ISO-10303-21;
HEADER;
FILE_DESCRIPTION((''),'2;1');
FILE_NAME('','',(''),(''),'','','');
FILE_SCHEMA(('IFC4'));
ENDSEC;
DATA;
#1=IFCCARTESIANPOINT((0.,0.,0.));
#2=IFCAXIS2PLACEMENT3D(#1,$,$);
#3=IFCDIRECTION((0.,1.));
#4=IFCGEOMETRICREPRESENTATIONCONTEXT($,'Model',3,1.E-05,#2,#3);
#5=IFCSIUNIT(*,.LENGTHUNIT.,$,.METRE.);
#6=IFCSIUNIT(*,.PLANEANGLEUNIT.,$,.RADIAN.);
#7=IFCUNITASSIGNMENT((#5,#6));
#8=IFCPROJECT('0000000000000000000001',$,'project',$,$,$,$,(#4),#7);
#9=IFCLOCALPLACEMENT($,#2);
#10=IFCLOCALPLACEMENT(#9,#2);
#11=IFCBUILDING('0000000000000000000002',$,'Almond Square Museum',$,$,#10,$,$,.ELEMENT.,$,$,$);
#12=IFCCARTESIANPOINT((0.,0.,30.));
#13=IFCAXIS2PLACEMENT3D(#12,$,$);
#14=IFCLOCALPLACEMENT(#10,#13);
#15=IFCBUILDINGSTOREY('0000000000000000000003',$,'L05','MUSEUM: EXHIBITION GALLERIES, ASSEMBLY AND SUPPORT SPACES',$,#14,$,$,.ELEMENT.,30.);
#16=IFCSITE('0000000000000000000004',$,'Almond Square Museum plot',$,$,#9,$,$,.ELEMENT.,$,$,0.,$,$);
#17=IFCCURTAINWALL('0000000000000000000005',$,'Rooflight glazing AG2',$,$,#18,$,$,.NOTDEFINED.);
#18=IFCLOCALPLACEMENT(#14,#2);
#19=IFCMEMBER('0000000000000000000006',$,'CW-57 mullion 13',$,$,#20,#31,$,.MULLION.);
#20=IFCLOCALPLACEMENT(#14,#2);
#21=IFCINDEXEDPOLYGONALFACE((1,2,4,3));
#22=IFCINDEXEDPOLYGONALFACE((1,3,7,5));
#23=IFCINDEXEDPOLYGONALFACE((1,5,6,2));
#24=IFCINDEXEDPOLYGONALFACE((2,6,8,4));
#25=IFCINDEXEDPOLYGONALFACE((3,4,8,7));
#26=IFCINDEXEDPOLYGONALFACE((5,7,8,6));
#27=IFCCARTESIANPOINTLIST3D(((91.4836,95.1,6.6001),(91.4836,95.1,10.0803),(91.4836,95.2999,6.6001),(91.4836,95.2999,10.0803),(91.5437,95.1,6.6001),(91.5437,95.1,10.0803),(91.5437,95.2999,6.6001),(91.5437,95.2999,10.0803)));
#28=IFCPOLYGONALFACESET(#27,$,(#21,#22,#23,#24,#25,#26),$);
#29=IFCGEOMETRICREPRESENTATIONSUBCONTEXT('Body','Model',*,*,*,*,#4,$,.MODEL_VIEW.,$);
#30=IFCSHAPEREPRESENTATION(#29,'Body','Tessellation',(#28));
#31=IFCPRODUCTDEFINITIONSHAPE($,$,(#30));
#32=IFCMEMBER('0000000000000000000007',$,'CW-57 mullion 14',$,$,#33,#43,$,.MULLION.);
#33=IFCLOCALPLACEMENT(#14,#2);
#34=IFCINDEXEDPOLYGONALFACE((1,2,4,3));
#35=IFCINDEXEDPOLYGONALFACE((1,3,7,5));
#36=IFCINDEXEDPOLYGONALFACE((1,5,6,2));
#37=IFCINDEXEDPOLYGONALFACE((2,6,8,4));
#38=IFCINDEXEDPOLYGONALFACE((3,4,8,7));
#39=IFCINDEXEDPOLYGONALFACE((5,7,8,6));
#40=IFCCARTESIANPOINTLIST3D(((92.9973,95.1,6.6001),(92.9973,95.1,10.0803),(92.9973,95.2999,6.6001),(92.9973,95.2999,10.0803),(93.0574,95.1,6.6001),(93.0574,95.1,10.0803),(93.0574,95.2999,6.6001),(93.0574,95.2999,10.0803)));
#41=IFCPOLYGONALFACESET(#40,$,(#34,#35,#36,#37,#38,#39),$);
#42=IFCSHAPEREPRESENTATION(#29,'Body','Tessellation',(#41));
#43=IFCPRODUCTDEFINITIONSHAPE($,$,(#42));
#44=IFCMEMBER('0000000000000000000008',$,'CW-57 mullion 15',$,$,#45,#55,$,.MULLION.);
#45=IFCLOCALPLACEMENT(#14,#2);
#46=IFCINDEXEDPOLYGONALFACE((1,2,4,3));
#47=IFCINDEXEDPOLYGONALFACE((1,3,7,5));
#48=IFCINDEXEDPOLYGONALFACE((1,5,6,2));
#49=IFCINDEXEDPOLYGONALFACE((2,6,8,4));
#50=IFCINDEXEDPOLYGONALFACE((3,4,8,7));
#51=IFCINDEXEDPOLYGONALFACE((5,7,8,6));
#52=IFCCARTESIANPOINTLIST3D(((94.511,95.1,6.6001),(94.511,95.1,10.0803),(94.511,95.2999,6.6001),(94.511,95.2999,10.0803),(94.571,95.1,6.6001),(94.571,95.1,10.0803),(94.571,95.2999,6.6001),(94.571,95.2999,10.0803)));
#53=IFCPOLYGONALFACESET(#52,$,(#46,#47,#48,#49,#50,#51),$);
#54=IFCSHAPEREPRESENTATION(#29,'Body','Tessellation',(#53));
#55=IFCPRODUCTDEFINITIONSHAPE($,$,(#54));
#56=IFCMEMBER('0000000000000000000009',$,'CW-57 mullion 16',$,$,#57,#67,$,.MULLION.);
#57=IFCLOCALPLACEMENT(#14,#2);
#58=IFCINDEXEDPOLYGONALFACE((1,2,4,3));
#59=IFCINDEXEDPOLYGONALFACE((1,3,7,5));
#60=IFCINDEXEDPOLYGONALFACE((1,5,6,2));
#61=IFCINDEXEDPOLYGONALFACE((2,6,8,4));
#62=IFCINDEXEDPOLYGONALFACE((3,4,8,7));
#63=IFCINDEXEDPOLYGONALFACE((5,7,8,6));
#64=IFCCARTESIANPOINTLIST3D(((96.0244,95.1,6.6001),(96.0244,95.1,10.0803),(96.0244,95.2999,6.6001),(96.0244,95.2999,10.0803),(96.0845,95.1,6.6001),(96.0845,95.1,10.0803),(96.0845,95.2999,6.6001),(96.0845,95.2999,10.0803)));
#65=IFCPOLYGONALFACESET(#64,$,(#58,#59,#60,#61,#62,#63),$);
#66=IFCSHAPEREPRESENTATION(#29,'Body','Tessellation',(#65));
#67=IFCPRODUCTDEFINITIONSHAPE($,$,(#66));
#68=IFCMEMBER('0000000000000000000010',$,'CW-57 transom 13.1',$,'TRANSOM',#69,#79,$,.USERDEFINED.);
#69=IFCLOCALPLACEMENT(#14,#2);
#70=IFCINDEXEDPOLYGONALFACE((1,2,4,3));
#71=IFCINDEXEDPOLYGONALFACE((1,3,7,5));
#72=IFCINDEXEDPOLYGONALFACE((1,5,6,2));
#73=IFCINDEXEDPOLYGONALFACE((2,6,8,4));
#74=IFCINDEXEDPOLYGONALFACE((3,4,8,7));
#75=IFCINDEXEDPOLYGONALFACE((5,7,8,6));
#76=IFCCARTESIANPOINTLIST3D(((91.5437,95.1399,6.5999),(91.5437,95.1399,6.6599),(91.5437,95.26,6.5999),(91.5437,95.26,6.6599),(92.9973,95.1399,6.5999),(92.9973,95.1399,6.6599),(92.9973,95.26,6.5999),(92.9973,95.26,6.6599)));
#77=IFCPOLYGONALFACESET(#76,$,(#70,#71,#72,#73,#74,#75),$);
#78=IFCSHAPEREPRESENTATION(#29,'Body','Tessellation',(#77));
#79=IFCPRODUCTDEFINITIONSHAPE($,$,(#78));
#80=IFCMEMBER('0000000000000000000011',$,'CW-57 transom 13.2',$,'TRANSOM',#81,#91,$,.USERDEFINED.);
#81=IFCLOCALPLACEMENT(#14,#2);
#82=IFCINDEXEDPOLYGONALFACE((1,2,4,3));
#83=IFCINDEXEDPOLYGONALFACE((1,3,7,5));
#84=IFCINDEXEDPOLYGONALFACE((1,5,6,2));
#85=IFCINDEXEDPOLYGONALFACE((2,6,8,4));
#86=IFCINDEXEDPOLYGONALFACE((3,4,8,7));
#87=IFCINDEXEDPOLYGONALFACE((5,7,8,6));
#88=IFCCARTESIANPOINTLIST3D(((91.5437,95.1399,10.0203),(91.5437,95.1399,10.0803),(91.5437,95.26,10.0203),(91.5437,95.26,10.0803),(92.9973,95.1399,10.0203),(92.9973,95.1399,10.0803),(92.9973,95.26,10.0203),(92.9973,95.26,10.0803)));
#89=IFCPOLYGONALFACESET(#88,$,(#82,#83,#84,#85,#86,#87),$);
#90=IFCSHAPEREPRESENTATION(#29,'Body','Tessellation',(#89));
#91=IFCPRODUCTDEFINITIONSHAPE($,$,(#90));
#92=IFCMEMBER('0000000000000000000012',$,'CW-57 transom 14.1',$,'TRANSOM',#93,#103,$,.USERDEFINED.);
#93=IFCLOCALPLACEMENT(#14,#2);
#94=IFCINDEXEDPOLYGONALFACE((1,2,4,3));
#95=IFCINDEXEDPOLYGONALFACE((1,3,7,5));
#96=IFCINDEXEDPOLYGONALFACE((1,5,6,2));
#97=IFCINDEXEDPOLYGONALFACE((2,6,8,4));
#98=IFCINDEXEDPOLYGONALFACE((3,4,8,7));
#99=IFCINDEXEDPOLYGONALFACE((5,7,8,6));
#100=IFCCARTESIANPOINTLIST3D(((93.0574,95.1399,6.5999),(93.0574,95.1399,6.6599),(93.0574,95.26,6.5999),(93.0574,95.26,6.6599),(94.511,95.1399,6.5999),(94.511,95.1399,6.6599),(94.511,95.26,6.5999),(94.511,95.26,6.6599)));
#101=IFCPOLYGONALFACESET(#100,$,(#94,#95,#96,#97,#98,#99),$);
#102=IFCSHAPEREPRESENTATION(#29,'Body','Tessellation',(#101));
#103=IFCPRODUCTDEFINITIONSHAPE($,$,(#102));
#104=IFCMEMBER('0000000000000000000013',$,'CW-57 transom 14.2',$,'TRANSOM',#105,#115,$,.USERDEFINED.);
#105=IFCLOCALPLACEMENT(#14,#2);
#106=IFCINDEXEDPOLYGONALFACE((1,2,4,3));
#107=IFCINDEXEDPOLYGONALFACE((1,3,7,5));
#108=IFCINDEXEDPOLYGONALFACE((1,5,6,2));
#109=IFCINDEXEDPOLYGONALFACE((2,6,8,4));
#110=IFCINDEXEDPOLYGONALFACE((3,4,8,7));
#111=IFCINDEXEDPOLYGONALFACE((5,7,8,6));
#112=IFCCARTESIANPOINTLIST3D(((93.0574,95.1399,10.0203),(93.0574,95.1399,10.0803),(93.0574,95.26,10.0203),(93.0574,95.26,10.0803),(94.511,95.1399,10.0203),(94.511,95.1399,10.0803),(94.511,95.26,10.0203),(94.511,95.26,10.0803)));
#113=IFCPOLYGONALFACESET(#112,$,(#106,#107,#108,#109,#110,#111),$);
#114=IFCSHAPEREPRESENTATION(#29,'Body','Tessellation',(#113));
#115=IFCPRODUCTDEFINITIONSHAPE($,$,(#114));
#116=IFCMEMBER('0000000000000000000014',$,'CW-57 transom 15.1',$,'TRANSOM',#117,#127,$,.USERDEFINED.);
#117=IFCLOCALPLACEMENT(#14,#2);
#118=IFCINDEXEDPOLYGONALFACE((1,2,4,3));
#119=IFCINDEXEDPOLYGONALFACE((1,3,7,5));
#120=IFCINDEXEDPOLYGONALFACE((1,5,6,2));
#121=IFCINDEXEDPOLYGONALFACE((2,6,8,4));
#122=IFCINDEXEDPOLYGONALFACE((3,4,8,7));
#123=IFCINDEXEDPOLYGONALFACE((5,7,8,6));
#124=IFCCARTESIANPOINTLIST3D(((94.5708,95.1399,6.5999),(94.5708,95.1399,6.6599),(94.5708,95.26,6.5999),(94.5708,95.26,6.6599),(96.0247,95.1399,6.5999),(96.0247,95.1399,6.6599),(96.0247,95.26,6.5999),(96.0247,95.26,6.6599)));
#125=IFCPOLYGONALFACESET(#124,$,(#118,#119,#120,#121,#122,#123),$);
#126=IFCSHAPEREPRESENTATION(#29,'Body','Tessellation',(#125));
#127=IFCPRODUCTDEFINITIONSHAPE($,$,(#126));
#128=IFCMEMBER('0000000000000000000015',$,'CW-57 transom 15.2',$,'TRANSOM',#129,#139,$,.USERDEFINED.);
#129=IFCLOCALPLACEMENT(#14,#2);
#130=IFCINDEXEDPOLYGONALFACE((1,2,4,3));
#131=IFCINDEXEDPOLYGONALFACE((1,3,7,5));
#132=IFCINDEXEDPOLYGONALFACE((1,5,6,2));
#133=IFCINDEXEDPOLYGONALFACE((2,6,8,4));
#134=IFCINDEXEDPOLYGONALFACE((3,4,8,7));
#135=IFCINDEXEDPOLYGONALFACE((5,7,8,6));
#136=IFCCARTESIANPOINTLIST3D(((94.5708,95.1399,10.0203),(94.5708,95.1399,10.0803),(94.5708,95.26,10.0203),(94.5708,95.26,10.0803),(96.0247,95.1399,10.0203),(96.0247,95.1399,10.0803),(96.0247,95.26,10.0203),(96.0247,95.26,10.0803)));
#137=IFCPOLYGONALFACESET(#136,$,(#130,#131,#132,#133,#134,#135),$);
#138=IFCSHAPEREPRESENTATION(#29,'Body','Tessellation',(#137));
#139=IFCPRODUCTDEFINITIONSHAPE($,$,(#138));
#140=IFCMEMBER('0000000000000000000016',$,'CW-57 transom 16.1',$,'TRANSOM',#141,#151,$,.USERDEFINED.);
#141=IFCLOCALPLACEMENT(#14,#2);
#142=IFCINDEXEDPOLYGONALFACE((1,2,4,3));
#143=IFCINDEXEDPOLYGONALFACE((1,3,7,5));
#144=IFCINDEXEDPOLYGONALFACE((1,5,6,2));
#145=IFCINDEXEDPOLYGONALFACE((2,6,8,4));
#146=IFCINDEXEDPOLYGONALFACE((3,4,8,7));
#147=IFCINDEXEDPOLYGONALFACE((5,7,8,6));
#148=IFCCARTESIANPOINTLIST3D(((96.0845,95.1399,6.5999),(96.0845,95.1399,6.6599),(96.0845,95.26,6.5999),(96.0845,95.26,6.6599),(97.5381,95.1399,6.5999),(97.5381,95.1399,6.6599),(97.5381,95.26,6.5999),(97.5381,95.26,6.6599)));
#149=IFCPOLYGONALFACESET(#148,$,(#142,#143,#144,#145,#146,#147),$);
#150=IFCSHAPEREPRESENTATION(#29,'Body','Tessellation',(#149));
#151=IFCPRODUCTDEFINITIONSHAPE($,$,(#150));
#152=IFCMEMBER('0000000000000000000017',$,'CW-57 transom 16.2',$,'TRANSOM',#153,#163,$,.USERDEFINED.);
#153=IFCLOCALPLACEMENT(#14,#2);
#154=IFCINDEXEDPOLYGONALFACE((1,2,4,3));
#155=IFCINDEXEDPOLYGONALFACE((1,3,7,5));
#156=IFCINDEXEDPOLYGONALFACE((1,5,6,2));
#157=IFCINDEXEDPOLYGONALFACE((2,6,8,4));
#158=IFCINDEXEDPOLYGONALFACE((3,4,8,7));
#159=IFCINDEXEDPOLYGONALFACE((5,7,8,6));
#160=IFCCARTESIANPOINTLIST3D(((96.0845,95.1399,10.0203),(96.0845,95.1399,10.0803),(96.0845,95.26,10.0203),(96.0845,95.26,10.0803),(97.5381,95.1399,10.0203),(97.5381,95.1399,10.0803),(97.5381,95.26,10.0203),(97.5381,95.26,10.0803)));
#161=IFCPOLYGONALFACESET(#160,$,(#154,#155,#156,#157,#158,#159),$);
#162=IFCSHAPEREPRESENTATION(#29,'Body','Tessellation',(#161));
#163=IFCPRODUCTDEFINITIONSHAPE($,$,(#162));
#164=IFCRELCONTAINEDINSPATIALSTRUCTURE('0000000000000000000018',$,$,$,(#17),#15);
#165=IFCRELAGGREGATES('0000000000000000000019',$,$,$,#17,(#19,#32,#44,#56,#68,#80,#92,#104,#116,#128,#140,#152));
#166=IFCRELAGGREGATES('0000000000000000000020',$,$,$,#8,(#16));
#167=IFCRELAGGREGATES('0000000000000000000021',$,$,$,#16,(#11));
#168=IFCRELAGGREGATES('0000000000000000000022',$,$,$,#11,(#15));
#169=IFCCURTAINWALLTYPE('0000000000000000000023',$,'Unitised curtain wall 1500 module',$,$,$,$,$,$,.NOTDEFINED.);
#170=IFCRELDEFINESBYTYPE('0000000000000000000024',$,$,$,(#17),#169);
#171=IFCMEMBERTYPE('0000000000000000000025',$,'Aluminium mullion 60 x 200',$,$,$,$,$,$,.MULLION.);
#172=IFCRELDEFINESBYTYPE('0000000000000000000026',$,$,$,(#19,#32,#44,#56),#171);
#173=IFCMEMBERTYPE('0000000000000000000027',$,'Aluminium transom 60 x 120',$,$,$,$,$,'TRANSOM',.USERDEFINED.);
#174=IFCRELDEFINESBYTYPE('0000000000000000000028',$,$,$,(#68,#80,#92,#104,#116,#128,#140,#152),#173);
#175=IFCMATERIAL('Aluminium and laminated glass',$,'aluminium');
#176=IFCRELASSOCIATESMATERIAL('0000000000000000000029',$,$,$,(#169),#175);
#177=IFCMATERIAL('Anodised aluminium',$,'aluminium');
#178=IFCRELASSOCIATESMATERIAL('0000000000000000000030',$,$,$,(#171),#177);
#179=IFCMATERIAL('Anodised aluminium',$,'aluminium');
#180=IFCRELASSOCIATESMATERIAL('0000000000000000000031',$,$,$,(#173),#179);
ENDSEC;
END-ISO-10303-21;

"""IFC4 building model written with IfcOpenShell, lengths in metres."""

from ifc_helpers import new_model, si_unit, direction, frame, origin, origin_2d, place, context, subcontext, project, spatial, rectangle, extrude, material, material_profile, profile_set, type_object, element, aggregate, save


model = new_model("IFC4")

# Units and contexts
model_context = context("Model", 3, precision=1e-05, world=origin(), true_north=direction((0.0, 1.0)))
body_context = subcontext(model_context, "Body", "Model", "MODEL_VIEW")
ifc_project = project(units=[si_unit("LENGTHUNIT", "METRE"), si_unit("PLANEANGLEUNIT", "RADIAN")], contexts=[model_context])

# Site, building, storey
site_placement = place(None, origin())
site = spatial("IfcSite", under=ifc_project, at=site_placement, Name="Almond Square Museum plot", CompositionType="ELEMENT", RefElevation=0.0)
building_placement = place(site_placement, origin())
building = spatial("IfcBuilding", under=site, at=building_placement, Name="Almond Square Museum", CompositionType="ELEMENT")
storey_placement = place(building_placement, frame((0.0, 0.0, 30.0)))
storey = spatial("IfcBuildingStorey", under=building, at=storey_placement, Name="L05", Description="MUSEUM: EXHIBITION GALLERIES, ASSEMBLY AND SUPPORT SPACES", CompositionType="ELEMENT", Elevation=30.0)

# Curtain wall, members
ifc_material_1 = material(Name="Aluminium and laminated glass", Category="aluminium")
curtain_wall_type = type_object("IfcCurtainWallType", Name="Unitised curtain wall 1500 module", PredefinedType="NOTDEFINED", material=ifc_material_1)
curtain_wall_placement = place(storey_placement, origin())
curtain_wall = element("IfcCurtainWall", 1, at=curtain_wall_placement, inside=storey, type_object=curtain_wall_type, Name="Rooflight glazing AG2", PredefinedType="NOTDEFINED")
ifc_material_2 = material(Name="Anodised aluminium", Category="aluminium")
ifc_material_profile_1 = material_profile(ifc_material_2, rectangle(XDim=0.2, YDim=0.0601, at=origin_2d()))
ifc_profile_set_1 = profile_set([ifc_material_profile_1], Name="Anodised aluminium")
member_type_1 = type_object("IfcMemberType", Name="Aluminium mullion 60 x 200", PredefinedType="MULLION", material=ifc_profile_set_1)
member_1_placement = place(storey_placement, frame((91.5137, 95.2, 6.6001), z_axis=(0.0, 0.0, 1.0), x_axis=(0.0, 1.0, 0.0)))
member_1 = element("IfcMember", 2, at=member_1_placement, type_object=member_type_1, Name="CW-57 mullion 13", PredefinedType="MULLION", context=body_context, shape_type="SweptSolid", body=[
    extrude(rectangle(XDim=0.2, YDim=0.0601, at=origin_2d()), origin(), (0.0, 0.0, 1.0), 3.4802),
])
member_2_placement = place(storey_placement, frame((93.0273, 95.2, 6.6001), z_axis=(0.0, 0.0, 1.0), x_axis=(0.0, 1.0, 0.0)))
member_2 = element("IfcMember", 3, at=member_2_placement, type_object=member_type_1, Name="CW-57 mullion 14", PredefinedType="MULLION", context=body_context, shape_type="SweptSolid", body=[
    extrude(rectangle(XDim=0.2, YDim=0.0601, at=origin_2d()), origin(), (0.0, 0.0, 1.0), 3.4802),
])
member_3_placement = place(storey_placement, frame((94.541, 95.2, 6.6001), z_axis=(0.0, 0.0, 1.0), x_axis=(0.0, 1.0, 0.0)))
member_3 = element("IfcMember", 4, at=member_3_placement, type_object=member_type_1, Name="CW-57 mullion 15", PredefinedType="MULLION", context=body_context, shape_type="SweptSolid", body=[
    extrude(rectangle(XDim=0.2, YDim=0.0601, at=origin_2d()), origin(), (0.0, 0.0, 1.0), 3.4802),
])
member_4_placement = place(storey_placement, frame((96.0544, 95.2, 6.6001), z_axis=(0.0, 0.0, 1.0), x_axis=(0.0, 1.0, 0.0)))
member_4 = element("IfcMember", 5, at=member_4_placement, type_object=member_type_1, Name="CW-57 mullion 16", PredefinedType="MULLION", context=body_context, shape_type="SweptSolid", body=[
    extrude(rectangle(XDim=0.2, YDim=0.0601, at=origin_2d()), origin(), (0.0, 0.0, 1.0), 3.4802),
])
ifc_material_3 = material(Name="Anodised aluminium", Category="aluminium")
ifc_material_profile_2 = material_profile(ifc_material_3, rectangle(XDim=0.1201, YDim=0.0601, at=origin_2d()))
ifc_profile_set_2 = profile_set([ifc_material_profile_2], Name="Anodised aluminium")
member_type_2 = type_object("IfcMemberType", Name="Aluminium transom 60 x 120", ElementType="TRANSOM", PredefinedType="USERDEFINED", material=ifc_profile_set_2)
member_5_placement = place(storey_placement, frame((91.5437, 95.2, 6.6299), z_axis=(1.0, 0.0, 0.0), x_axis=(0.0, 1.0, 0.0)))
member_5 = element("IfcMember", 6, at=member_5_placement, type_object=member_type_2, Name="CW-57 transom 13.1", ObjectType="TRANSOM", PredefinedType="USERDEFINED", context=body_context, shape_type="SweptSolid", body=[
    extrude(rectangle(XDim=0.1201, YDim=0.0601, at=origin_2d()), origin(), (0.0, 0.0, 1.0), 1.4536),
])
member_6_placement = place(storey_placement, frame((91.5437, 95.2, 10.0503), z_axis=(1.0, 0.0, 0.0), x_axis=(0.0, 1.0, 0.0)))
member_6 = element("IfcMember", 7, at=member_6_placement, type_object=member_type_2, Name="CW-57 transom 13.2", ObjectType="TRANSOM", PredefinedType="USERDEFINED", context=body_context, shape_type="SweptSolid", body=[
    extrude(rectangle(XDim=0.1201, YDim=0.0601, at=origin_2d()), origin(), (0.0, 0.0, 1.0), 1.4536),
])
member_7_placement = place(storey_placement, frame((93.0574, 95.2, 6.6299), z_axis=(1.0, 0.0, 0.0), x_axis=(0.0, 1.0, 0.0)))
member_7 = element("IfcMember", 8, at=member_7_placement, type_object=member_type_2, Name="CW-57 transom 14.1", ObjectType="TRANSOM", PredefinedType="USERDEFINED", context=body_context, shape_type="SweptSolid", body=[
    extrude(rectangle(XDim=0.1201, YDim=0.0601, at=origin_2d()), origin(), (0.0, 0.0, 1.0), 1.4536),
])
member_8_placement = place(storey_placement, frame((93.0574, 95.2, 10.0503), z_axis=(1.0, 0.0, 0.0), x_axis=(0.0, 1.0, 0.0)))
member_8 = element("IfcMember", 9, at=member_8_placement, type_object=member_type_2, Name="CW-57 transom 14.2", ObjectType="TRANSOM", PredefinedType="USERDEFINED", context=body_context, shape_type="SweptSolid", body=[
    extrude(rectangle(XDim=0.1201, YDim=0.0601, at=origin_2d()), origin(), (0.0, 0.0, 1.0), 1.4536),
])
member_9_placement = place(storey_placement, frame((94.5708, 95.2, 6.6299), z_axis=(1.0, 0.0, 0.0), x_axis=(0.0, 1.0, 0.0)))
member_9 = element("IfcMember", 10, at=member_9_placement, type_object=member_type_2, Name="CW-57 transom 15.1", ObjectType="TRANSOM", PredefinedType="USERDEFINED", context=body_context, shape_type="SweptSolid", body=[
    extrude(rectangle(XDim=0.1201, YDim=0.0601, at=origin_2d()), origin(), (0.0, 0.0, 1.0), 1.4539),
])
member_10_placement = place(storey_placement, frame((94.5708, 95.2, 10.0503), z_axis=(1.0, 0.0, 0.0), x_axis=(0.0, 1.0, 0.0)))
member_10 = element("IfcMember", 11, at=member_10_placement, type_object=member_type_2, Name="CW-57 transom 15.2", ObjectType="TRANSOM", PredefinedType="USERDEFINED", context=body_context, shape_type="SweptSolid", body=[
    extrude(rectangle(XDim=0.1201, YDim=0.0601, at=origin_2d()), origin(), (0.0, 0.0, 1.0), 1.4539),
])
member_11_placement = place(storey_placement, frame((96.0845, 95.2, 6.6299), z_axis=(1.0, 0.0, 0.0), x_axis=(0.0, 1.0, 0.0)))
member_11 = element("IfcMember", 12, at=member_11_placement, type_object=member_type_2, Name="CW-57 transom 16.1", ObjectType="TRANSOM", PredefinedType="USERDEFINED", context=body_context, shape_type="SweptSolid", body=[
    extrude(rectangle(XDim=0.1201, YDim=0.0601, at=origin_2d()), origin(), (0.0, 0.0, 1.0), 1.4536),
])
member_12_placement = place(storey_placement, frame((96.0845, 95.2, 10.0503), z_axis=(1.0, 0.0, 0.0), x_axis=(0.0, 1.0, 0.0)))
member_12 = element("IfcMember", 13, at=member_12_placement, type_object=member_type_2, Name="CW-57 transom 16.2", ObjectType="TRANSOM", PredefinedType="USERDEFINED", context=body_context, shape_type="SweptSolid", body=[
    extrude(rectangle(XDim=0.1201, YDim=0.0601, at=origin_2d()), origin(), (0.0, 0.0, 1.0), 1.4536),
])

aggregate(curtain_wall, [member_1, member_2, member_3, member_4, member_5, member_6, member_7, member_8, member_9, member_10, member_11, member_12])

save(model, "model.ifc")
